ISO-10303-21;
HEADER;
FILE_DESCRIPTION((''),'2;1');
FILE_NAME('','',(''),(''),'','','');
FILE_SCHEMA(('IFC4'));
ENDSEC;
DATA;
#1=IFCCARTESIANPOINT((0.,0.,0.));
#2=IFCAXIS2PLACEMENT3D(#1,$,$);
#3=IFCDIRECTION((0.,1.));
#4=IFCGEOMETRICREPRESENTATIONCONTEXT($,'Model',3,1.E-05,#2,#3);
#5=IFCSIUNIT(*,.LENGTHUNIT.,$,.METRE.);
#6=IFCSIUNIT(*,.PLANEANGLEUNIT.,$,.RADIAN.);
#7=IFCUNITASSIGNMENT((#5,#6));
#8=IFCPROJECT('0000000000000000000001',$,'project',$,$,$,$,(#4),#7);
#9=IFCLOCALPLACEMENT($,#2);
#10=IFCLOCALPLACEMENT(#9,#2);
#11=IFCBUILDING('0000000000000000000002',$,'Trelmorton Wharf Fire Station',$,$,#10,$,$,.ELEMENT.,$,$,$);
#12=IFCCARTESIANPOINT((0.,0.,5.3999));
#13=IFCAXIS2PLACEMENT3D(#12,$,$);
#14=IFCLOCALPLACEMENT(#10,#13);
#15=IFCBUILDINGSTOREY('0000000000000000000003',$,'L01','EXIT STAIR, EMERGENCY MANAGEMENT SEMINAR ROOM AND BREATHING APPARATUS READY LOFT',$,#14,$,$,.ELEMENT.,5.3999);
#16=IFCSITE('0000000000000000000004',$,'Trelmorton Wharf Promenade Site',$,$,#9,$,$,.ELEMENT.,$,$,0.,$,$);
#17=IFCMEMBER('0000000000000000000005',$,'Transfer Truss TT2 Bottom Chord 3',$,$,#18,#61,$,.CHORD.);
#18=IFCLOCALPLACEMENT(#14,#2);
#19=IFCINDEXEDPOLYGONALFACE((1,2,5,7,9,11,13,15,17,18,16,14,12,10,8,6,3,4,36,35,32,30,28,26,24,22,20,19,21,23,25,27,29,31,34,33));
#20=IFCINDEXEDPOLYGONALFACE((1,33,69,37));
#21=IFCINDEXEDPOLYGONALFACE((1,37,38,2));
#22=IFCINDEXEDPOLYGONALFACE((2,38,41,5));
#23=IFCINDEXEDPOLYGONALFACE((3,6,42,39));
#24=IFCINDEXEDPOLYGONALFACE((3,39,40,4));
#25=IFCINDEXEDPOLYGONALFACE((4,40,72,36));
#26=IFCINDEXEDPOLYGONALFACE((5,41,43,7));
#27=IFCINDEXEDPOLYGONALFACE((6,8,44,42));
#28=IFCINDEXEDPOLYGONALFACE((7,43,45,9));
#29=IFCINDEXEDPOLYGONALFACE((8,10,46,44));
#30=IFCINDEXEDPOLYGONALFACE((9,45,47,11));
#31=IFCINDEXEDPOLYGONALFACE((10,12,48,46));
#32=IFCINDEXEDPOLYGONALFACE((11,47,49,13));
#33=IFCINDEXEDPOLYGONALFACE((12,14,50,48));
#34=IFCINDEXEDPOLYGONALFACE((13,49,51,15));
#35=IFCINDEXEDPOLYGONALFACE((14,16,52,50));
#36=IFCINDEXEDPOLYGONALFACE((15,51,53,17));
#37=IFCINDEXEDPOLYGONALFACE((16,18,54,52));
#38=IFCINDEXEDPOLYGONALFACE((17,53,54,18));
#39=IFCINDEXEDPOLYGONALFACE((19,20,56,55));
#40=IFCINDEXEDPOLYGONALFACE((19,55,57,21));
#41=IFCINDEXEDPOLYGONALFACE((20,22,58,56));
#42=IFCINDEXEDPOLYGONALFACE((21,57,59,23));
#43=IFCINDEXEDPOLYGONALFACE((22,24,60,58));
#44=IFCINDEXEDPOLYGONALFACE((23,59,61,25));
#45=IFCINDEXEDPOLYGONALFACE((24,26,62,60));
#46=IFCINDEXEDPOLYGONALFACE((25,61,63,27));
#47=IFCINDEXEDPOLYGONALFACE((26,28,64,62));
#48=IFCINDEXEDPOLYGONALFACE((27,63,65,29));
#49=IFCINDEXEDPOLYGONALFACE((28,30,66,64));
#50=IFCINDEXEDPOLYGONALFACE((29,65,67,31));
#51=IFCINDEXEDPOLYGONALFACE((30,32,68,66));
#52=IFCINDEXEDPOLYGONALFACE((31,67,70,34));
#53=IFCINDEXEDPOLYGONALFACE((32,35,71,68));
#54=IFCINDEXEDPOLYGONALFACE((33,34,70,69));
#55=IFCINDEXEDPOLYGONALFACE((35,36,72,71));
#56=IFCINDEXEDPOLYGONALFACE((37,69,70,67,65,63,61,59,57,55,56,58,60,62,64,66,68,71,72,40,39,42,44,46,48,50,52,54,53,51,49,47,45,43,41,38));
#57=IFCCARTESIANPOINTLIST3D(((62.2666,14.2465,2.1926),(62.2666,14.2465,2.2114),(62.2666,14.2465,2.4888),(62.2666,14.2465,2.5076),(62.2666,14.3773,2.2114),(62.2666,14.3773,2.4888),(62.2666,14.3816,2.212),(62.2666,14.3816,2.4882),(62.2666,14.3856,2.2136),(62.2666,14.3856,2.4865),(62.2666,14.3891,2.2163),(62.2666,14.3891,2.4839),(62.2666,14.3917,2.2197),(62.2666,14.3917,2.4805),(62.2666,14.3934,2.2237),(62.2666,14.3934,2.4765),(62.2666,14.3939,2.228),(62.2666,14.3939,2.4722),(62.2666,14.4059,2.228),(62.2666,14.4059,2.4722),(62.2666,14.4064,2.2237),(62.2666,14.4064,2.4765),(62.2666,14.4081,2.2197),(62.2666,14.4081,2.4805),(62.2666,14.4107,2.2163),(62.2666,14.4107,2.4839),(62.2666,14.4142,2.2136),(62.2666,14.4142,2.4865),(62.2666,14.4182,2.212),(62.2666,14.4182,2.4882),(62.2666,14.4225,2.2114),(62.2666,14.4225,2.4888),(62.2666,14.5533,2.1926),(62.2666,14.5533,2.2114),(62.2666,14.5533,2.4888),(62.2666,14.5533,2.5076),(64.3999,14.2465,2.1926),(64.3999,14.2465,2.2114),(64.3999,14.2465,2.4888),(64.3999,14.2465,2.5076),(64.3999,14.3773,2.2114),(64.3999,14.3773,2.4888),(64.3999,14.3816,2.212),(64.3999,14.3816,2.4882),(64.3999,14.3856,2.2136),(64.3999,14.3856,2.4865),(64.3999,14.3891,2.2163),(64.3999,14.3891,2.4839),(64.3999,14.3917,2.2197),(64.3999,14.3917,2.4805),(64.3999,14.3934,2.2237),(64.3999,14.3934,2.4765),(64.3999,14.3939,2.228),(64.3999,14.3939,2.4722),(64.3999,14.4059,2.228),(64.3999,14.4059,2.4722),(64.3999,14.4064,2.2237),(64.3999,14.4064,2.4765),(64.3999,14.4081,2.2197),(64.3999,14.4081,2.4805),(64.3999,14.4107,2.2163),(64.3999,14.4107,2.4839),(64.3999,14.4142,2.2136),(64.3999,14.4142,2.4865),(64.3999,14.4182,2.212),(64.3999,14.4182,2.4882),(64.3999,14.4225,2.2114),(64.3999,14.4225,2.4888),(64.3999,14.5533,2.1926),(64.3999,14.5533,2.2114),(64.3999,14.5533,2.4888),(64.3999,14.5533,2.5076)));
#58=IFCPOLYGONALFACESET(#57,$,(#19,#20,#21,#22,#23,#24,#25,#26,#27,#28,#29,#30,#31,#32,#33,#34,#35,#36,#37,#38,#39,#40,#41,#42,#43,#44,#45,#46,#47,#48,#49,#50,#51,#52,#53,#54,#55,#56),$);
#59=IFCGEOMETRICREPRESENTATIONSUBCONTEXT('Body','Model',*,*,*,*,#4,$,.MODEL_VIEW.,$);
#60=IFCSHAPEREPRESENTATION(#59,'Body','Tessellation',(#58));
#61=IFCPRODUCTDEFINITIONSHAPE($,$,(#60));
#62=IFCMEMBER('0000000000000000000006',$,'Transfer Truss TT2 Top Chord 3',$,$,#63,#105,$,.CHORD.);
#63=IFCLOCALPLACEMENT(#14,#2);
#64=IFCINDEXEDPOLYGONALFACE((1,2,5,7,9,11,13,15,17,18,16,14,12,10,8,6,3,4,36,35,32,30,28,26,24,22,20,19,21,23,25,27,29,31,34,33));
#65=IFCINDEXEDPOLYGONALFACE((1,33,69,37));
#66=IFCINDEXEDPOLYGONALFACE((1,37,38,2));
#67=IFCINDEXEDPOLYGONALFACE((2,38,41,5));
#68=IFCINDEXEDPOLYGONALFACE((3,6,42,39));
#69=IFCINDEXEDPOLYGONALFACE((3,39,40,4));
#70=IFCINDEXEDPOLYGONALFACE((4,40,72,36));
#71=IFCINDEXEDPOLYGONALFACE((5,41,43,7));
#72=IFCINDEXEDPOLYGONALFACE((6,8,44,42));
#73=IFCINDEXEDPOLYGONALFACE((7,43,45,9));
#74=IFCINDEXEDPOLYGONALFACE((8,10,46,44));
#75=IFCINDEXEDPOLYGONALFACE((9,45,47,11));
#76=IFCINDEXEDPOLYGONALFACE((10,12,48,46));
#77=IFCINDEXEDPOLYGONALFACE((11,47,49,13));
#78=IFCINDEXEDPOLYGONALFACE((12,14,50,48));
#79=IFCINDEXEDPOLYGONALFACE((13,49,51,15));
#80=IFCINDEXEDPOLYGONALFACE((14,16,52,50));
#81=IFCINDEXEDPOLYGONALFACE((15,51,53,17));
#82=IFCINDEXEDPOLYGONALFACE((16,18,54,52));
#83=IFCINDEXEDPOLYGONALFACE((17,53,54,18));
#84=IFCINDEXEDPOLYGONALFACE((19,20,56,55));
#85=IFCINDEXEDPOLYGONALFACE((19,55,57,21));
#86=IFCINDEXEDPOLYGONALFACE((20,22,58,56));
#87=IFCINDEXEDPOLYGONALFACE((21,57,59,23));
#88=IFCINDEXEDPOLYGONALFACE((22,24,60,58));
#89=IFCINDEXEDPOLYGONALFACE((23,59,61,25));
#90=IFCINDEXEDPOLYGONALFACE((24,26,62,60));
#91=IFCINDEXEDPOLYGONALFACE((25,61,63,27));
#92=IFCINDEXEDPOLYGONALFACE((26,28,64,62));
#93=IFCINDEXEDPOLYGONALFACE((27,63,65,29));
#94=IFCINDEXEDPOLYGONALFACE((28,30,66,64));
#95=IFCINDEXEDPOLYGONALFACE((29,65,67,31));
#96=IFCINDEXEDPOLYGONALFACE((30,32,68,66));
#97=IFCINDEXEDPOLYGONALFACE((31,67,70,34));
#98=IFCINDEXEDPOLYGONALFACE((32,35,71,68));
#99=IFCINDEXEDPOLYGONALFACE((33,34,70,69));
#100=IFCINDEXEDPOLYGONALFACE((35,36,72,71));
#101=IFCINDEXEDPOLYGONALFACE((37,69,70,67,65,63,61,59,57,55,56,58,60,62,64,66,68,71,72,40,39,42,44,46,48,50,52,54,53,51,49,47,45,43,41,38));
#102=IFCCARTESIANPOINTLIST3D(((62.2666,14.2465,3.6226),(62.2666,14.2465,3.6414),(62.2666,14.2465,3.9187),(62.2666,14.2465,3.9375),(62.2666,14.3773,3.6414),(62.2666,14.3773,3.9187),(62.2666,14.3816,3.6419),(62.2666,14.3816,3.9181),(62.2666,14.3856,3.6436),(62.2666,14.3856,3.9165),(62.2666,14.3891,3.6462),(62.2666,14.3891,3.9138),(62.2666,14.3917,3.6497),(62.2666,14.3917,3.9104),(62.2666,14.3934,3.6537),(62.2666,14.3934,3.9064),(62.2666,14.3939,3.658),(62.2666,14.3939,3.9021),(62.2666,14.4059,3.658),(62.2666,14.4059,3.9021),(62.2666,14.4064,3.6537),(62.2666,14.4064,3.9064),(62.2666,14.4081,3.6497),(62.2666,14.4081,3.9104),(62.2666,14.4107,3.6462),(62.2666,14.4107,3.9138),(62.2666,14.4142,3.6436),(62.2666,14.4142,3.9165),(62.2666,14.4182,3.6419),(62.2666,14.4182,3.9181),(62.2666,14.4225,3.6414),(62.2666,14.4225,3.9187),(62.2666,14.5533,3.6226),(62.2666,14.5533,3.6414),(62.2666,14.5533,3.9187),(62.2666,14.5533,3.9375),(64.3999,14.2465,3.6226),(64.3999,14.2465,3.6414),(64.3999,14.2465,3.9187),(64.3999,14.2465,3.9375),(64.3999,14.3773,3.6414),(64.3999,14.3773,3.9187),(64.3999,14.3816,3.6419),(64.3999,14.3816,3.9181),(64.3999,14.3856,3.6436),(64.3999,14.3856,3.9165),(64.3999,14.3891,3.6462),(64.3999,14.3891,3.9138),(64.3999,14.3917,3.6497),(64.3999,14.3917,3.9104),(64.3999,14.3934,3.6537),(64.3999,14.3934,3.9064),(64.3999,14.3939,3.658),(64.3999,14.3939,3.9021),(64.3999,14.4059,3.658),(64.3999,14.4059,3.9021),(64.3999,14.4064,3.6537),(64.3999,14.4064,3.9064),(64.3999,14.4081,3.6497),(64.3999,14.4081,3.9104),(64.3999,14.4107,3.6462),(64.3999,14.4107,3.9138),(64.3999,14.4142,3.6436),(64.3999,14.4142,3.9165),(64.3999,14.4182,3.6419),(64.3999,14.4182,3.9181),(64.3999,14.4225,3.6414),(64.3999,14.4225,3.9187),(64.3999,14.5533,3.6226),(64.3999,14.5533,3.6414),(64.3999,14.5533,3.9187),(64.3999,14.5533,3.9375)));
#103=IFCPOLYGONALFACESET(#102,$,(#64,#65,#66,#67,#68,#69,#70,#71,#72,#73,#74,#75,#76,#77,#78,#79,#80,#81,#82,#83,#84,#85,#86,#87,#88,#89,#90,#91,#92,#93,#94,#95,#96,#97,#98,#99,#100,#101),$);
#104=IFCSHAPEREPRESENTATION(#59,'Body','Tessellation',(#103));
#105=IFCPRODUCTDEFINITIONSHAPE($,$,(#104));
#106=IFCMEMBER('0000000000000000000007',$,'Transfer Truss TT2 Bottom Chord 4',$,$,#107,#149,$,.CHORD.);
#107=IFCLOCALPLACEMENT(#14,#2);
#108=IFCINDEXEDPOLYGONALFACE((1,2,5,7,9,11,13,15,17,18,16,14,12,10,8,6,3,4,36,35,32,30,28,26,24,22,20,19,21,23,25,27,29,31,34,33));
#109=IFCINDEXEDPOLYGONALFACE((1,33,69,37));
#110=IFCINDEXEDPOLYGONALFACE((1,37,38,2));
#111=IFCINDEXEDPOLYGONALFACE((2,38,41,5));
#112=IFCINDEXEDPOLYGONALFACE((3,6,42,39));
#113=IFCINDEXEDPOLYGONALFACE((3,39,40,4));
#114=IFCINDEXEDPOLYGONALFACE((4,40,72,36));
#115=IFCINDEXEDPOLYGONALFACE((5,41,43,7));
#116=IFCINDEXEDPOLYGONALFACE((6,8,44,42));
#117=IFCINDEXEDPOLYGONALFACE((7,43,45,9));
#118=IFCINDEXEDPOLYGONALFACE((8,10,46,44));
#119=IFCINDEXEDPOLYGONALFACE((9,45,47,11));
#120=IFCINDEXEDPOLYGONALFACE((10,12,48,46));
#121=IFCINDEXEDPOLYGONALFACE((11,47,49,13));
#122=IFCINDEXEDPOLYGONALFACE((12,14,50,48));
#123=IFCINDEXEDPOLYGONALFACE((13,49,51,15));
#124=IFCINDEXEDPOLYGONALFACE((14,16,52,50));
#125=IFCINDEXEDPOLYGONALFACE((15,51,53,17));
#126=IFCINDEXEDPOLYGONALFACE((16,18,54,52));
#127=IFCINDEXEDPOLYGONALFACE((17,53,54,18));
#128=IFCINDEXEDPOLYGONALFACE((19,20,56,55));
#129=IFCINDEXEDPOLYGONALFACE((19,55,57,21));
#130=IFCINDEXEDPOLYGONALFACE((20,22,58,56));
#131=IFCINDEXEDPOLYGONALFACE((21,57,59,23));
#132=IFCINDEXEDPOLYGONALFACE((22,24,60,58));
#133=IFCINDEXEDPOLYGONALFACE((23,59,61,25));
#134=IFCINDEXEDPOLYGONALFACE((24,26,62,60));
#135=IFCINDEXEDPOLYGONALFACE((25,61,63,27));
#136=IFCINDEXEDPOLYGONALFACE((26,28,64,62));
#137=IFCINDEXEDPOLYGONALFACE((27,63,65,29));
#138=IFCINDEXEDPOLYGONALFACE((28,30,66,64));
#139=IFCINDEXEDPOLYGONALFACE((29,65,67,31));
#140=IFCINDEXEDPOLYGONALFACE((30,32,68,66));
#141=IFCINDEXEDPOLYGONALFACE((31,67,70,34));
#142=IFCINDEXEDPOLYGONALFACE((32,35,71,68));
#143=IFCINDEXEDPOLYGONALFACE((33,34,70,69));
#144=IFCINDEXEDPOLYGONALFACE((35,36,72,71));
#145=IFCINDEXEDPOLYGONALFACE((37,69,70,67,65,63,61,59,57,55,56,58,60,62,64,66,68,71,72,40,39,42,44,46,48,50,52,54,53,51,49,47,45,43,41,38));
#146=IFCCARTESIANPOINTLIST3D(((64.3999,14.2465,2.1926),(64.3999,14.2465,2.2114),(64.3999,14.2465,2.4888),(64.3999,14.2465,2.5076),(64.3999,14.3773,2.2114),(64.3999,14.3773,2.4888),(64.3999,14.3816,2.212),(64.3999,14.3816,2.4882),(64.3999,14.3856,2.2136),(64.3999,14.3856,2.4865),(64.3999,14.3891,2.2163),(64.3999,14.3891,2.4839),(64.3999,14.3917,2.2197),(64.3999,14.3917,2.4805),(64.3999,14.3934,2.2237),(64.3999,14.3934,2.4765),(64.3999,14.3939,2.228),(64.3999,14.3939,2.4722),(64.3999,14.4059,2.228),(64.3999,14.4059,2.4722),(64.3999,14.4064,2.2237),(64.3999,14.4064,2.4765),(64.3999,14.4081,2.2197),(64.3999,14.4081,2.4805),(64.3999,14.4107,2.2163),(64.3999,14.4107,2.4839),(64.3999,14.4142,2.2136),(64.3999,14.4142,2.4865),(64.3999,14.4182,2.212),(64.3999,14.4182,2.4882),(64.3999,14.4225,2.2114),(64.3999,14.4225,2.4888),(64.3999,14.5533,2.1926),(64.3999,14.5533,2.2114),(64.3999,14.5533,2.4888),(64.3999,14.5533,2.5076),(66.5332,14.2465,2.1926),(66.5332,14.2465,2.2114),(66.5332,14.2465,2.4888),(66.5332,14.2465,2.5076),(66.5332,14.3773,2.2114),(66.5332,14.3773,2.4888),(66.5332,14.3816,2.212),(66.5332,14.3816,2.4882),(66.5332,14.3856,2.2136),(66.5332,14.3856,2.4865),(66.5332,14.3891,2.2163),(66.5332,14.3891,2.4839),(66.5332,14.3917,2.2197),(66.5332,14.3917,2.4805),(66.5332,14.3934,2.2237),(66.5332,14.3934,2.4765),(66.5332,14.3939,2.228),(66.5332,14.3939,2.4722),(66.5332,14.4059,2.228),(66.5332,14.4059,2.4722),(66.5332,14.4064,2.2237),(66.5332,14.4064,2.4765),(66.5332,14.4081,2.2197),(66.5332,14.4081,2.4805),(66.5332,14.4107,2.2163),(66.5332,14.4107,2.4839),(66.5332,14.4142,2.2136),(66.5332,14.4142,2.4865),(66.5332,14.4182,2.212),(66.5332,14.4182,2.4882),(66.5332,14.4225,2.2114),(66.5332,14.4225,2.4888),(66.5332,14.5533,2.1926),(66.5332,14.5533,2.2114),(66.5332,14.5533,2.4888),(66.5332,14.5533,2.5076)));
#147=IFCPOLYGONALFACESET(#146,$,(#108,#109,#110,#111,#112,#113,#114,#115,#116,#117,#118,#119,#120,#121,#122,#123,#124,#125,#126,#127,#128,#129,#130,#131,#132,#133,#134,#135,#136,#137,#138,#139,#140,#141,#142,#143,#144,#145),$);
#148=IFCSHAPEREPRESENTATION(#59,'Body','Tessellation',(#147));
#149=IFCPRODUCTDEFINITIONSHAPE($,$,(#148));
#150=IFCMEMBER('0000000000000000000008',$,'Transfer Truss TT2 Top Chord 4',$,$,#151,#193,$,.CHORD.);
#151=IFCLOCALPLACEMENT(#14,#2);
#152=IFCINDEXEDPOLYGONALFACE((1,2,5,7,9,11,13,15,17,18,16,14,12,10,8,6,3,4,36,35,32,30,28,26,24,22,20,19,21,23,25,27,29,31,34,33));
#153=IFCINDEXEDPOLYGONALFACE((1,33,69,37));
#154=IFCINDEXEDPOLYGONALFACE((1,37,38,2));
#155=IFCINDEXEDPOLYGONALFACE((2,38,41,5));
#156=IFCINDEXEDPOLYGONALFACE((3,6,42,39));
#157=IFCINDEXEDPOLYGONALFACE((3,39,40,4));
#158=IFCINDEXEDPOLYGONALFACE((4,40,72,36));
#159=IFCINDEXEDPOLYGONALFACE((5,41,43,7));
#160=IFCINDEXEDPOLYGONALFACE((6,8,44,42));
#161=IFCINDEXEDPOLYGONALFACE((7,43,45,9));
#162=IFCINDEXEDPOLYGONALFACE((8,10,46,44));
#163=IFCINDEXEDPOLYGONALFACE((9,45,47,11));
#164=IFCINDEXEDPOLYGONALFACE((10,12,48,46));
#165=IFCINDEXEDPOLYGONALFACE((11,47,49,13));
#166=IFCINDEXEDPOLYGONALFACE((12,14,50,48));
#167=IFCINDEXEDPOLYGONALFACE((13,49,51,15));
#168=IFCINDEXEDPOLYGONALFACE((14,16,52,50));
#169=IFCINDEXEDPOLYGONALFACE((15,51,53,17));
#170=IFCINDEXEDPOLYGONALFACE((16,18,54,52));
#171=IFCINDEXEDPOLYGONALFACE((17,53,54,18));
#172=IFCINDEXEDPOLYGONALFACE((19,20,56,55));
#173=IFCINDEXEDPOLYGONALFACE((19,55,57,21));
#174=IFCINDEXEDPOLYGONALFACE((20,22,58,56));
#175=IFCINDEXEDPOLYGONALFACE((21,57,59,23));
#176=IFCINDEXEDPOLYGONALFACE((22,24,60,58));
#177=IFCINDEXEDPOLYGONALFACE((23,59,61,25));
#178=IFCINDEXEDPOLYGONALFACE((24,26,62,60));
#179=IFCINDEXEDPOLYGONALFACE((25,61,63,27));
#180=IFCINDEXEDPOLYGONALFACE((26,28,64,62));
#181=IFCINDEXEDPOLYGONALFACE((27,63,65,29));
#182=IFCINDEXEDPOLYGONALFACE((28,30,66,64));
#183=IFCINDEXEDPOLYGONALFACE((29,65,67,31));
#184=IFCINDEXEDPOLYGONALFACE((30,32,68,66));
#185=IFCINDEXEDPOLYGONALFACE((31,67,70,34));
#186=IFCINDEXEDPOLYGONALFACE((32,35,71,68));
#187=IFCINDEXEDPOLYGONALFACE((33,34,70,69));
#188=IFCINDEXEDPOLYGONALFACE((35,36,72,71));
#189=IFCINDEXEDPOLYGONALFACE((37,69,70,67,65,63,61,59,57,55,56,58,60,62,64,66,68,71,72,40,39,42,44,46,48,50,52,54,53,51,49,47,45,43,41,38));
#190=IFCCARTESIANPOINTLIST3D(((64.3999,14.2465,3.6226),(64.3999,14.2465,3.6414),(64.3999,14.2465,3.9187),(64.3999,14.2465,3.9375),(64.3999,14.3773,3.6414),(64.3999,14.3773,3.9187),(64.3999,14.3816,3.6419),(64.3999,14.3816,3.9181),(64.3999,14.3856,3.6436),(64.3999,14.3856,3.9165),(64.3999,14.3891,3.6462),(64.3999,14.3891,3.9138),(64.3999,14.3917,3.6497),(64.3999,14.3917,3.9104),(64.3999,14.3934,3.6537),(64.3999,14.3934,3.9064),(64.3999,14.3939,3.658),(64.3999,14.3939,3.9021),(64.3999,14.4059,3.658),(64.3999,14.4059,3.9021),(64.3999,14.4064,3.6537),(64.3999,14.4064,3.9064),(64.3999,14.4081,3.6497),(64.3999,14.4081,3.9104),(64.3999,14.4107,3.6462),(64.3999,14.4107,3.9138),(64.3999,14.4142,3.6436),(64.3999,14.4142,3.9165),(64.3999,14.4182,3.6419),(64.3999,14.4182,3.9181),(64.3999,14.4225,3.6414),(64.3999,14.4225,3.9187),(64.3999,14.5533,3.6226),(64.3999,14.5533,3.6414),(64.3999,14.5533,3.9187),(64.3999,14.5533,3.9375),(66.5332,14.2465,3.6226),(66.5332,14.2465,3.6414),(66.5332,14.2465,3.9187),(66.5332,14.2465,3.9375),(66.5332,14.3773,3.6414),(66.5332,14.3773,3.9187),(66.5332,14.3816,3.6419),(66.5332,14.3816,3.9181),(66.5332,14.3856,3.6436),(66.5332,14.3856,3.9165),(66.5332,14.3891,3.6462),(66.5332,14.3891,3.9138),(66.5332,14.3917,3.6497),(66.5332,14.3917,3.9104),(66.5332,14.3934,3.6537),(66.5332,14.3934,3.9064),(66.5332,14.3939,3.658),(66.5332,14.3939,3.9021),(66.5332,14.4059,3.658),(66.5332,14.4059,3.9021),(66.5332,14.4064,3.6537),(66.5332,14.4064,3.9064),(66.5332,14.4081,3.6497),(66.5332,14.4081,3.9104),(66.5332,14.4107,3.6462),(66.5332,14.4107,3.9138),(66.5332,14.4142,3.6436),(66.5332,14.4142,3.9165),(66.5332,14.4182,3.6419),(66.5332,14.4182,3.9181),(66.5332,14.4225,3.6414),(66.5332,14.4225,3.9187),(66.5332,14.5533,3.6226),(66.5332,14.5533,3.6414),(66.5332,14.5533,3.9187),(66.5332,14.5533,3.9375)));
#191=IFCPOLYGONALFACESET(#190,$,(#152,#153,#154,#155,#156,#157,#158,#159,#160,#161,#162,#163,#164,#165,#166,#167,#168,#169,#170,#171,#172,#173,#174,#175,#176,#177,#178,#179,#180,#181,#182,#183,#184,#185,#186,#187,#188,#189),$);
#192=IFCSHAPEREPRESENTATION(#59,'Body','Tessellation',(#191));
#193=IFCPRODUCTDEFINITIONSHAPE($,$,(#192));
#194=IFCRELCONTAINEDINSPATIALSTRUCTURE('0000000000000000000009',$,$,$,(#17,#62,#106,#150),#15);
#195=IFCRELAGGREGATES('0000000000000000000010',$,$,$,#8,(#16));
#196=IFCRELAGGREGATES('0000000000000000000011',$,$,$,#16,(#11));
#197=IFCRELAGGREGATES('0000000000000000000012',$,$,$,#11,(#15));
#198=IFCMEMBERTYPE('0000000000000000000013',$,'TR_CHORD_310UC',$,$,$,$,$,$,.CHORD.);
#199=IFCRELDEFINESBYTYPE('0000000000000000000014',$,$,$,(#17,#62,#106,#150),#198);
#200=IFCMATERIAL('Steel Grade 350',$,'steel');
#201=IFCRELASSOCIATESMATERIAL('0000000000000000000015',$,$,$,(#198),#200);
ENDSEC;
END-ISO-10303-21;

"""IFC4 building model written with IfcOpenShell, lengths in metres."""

from ifc_helpers import new_model, si_unit, direction, frame, origin, origin_2d, place, context, subcontext, project, spatial, i_section, extrude, material, material_profile, profile_set, type_object, element, save


model = new_model("IFC4")

# Units and contexts
model_context = context("Model", 3, precision=1e-05, world=origin(), true_north=direction((0.0, 1.0)))
body_context = subcontext(model_context, "Body", "Model", "MODEL_VIEW")
ifc_project = project(units=[si_unit("LENGTHUNIT", "METRE"), si_unit("PLANEANGLEUNIT", "RADIAN")], contexts=[model_context])

# Site, building, storey
site_placement = place(None, origin())
site = spatial("IfcSite", under=ifc_project, at=site_placement, Name="Trelmorton Wharf Promenade Site", CompositionType="ELEMENT", RefElevation=0.0)
building_placement = place(site_placement, origin())
building = spatial("IfcBuilding", under=site, at=building_placement, Name="Trelmorton Wharf Fire Station", CompositionType="ELEMENT")
storey_placement = place(building_placement, frame((0.0, 0.0, 5.3999)))
storey = spatial("IfcBuildingStorey", under=building, at=storey_placement, Name="L01", Description="EXIT STAIR, EMERGENCY MANAGEMENT SEMINAR ROOM AND BREATHING APPARATUS READY LOFT", CompositionType="ELEMENT", Elevation=5.3999)

# Members
ifc_material_1 = material(Name="Steel Grade 350", Category="steel")
ifc_material_profile_1 = material_profile(ifc_material_1, i_section(OverallWidth=0.3069, OverallDepth=0.3149, WebThickness=0.012, FlangeThickness=0.0188, FilletRadius=0.0166, at=origin_2d()), Name="310UC118")
ifc_profile_set_1 = profile_set([ifc_material_profile_1], Name="Steel Grade 350")
member_type_1 = type_object("IfcMemberType", Name="TR_CHORD_310UC", PredefinedType="CHORD", material=ifc_profile_set_1)
for number, where, z_axis, x_axis, name in (
    (1, (62.2666, 14.3999, 2.3501), (1.0, 0.0, 0.0), (0.0, 1.0, 0.0), "Transfer Truss TT2 Bottom Chord 3"),
    (2, (62.2666, 14.3999, 3.78), (1.0, 0.0, 0.0), (0.0, 1.0, 0.0), "Transfer Truss TT2 Top Chord 3"),
    (3, (64.3999, 14.3999, 2.3501), (1.0, 0.0, 0.0), (0.0, 1.0, 0.0), "Transfer Truss TT2 Bottom Chord 4"),
    (4, (64.3999, 14.3999, 3.78), (1.0, 0.0, 0.0), (0.0, 1.0, 0.0), "Transfer Truss TT2 Top Chord 4"),
):
    element("IfcMember", number, at=place(storey_placement, frame(where, z_axis=z_axis, x_axis=x_axis)), inside=storey, type_object=member_type_1, Name=name, PredefinedType="CHORD", context=body_context, shape_type="SweptSolid", body=[
        extrude(i_section(OverallWidth=0.3069, OverallDepth=0.3149, WebThickness=0.012, FlangeThickness=0.0188, FilletRadius=0.0166, at=origin_2d()), origin(), (0.0, 0.0, 1.0), 2.1333),
    ])

save(model, "model.ifc")
